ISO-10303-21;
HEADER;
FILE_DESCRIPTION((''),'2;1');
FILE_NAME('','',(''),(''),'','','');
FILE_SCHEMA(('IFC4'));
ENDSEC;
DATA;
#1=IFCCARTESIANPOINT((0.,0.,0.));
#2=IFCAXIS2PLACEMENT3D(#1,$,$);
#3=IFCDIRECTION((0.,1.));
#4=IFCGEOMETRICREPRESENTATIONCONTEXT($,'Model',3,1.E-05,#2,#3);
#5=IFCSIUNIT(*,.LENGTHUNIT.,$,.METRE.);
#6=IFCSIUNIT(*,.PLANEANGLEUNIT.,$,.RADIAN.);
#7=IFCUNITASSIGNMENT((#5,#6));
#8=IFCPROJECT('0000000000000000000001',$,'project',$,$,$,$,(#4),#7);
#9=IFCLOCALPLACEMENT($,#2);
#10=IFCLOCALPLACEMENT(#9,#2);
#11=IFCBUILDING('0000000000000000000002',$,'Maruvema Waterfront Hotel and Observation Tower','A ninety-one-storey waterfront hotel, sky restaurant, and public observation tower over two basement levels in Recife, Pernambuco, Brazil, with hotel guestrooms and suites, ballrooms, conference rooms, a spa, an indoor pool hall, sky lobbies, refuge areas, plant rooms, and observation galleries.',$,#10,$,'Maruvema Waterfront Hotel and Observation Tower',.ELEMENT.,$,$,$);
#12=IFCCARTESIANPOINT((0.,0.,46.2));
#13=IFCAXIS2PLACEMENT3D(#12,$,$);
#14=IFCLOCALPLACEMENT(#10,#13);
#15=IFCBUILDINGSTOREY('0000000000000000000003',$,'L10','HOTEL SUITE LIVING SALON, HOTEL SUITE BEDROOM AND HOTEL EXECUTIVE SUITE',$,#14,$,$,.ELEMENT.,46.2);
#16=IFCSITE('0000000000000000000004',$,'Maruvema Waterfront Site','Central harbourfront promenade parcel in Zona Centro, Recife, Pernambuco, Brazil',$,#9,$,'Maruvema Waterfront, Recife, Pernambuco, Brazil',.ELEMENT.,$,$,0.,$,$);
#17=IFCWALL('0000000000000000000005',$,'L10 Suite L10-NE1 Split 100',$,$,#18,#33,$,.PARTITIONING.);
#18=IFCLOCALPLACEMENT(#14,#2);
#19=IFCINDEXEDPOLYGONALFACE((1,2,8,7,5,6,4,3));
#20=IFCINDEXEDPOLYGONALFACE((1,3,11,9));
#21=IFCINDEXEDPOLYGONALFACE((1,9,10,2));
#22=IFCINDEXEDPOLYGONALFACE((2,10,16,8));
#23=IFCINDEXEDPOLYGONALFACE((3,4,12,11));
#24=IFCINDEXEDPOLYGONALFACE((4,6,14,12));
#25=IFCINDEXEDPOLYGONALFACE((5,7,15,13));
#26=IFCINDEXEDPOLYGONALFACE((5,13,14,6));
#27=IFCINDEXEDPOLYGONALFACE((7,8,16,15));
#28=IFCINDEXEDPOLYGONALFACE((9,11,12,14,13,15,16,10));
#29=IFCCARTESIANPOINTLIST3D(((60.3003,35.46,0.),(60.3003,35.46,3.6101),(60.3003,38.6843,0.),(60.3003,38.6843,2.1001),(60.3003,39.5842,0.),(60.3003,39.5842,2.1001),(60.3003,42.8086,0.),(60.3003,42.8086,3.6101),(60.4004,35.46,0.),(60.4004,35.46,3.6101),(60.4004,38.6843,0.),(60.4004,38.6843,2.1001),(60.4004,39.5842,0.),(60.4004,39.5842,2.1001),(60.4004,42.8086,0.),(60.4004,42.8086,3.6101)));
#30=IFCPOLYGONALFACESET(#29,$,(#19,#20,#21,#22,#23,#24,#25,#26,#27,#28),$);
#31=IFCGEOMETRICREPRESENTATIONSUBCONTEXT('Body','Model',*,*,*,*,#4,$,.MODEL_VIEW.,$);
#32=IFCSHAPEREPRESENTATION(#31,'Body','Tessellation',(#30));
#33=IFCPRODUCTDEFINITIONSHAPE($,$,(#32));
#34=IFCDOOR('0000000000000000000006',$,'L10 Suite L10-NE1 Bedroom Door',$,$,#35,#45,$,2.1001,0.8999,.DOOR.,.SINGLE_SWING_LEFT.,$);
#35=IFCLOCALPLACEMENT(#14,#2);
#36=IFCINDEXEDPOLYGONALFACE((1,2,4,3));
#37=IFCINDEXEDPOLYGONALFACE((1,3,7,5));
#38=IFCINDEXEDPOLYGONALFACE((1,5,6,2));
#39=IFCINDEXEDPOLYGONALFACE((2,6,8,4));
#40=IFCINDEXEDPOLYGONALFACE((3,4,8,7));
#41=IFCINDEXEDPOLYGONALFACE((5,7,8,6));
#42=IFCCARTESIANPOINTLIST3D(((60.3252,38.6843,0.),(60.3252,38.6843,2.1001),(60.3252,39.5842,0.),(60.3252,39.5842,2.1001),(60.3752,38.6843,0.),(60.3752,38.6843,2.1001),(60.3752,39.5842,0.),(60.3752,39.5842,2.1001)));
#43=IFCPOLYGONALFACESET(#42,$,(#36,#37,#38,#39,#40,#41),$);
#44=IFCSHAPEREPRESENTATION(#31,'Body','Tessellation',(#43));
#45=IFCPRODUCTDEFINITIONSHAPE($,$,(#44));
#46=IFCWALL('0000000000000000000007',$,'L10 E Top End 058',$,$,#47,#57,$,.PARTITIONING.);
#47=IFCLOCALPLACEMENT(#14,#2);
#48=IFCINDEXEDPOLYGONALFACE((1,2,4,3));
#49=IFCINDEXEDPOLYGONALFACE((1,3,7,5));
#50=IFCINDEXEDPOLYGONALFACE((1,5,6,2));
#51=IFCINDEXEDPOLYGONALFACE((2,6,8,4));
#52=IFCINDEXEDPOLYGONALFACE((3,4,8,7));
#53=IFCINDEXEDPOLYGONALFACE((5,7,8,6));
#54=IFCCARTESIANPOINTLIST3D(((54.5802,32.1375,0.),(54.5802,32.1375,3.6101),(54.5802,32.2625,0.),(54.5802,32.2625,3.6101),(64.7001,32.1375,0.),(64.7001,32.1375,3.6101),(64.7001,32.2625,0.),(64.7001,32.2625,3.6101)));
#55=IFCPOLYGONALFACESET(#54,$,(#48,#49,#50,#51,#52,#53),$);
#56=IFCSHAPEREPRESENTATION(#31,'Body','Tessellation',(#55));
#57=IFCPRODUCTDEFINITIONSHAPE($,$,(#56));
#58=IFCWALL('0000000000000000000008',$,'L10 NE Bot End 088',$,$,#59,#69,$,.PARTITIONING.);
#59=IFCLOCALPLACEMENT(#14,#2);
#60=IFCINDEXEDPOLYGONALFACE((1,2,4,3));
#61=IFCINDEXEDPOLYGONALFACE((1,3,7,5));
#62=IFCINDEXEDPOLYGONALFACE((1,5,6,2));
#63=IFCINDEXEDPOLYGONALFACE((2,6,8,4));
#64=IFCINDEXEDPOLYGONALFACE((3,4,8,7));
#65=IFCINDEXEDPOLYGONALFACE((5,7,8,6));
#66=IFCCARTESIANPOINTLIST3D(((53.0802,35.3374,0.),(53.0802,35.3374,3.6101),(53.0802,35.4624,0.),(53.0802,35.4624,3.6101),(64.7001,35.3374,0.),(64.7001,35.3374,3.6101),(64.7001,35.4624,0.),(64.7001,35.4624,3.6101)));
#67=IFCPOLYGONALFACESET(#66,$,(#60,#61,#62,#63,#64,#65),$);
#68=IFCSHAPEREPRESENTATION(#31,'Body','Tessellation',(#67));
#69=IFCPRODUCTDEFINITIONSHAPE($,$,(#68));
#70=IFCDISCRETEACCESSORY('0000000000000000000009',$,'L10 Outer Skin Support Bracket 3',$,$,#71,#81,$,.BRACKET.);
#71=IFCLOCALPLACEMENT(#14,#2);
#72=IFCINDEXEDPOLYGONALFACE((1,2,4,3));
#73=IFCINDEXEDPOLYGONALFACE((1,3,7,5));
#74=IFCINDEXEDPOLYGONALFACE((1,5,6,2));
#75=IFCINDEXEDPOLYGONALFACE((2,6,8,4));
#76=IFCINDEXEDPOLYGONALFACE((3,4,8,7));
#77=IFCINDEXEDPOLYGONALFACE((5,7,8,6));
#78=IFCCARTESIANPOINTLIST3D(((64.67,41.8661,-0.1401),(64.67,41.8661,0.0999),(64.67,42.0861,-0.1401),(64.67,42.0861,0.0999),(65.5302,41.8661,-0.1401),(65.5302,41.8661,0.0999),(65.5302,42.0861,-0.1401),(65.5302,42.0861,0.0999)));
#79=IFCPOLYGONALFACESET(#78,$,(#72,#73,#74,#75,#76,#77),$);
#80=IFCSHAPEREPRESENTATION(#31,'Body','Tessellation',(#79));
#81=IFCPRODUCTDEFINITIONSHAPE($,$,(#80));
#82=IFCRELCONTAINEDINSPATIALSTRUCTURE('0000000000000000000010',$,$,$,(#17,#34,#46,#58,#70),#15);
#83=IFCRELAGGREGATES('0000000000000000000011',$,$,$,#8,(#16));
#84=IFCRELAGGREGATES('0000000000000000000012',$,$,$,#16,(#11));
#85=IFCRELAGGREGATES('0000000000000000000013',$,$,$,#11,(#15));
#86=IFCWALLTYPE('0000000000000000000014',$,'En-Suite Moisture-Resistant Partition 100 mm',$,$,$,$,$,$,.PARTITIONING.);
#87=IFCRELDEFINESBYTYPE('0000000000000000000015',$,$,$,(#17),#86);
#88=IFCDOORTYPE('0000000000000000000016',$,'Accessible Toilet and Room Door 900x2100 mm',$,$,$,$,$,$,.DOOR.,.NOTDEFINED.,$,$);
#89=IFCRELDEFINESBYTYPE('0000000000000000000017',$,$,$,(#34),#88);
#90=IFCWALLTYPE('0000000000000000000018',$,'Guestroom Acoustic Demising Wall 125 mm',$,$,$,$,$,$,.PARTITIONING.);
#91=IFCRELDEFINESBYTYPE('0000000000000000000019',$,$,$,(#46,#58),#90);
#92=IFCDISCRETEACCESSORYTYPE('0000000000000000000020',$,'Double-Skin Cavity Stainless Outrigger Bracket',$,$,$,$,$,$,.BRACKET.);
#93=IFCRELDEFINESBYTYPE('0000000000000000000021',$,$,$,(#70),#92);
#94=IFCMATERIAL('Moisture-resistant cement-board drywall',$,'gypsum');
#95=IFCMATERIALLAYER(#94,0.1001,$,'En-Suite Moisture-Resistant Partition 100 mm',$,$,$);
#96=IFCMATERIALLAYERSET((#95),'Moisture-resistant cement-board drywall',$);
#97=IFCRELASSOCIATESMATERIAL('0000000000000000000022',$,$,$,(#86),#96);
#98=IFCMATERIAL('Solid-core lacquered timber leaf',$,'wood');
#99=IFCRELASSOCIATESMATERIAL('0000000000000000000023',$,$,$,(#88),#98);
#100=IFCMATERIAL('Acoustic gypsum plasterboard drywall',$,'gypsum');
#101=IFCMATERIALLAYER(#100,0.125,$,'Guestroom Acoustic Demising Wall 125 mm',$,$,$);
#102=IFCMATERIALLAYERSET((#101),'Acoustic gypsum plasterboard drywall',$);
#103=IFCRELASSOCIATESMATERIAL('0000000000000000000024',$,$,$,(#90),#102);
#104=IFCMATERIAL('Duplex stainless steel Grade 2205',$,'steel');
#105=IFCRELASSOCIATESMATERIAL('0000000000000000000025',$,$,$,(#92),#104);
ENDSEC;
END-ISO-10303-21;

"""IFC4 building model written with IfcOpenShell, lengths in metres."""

from ifc_helpers import new_model, si_unit, direction, frame, frame_2d, origin, origin_2d, place, context, subcontext, project, spatial, rectangle, extrude, material, layer, layer_set, type_object, element, fill, save


model = new_model("IFC4")

# Units and contexts
model_context = context("Model", 3, precision=1e-05, world=origin(), true_north=direction((0.0, 1.0)))
body_context = subcontext(model_context, "Body", "Model", "MODEL_VIEW")
ifc_project = project(units=[si_unit("LENGTHUNIT", "METRE"), si_unit("PLANEANGLEUNIT", "RADIAN")], contexts=[model_context])

# Site, building, storey
site_placement = place(None, origin())
site = spatial("IfcSite", under=ifc_project, at=site_placement, Name="Maruvema Waterfront Site", Description="Central harbourfront promenade parcel in Zona Centro, Recife, Pernambuco, Brazil", LongName="Maruvema Waterfront, Recife, Pernambuco, Brazil", CompositionType="ELEMENT", RefElevation=0.0)
building_placement = place(site_placement, origin())
building = spatial("IfcBuilding", under=site, at=building_placement, Name="Maruvema Waterfront Hotel and Observation Tower", Description="A ninety-one-storey waterfront hotel, sky restaurant, and public observation tower over two basement levels in Recife, Pernambuco, Brazil, with hotel guestrooms and suites, ballrooms, conference rooms, a spa, an indoor pool hall, sky lobbies, refuge areas, plant rooms, and observation galleries.", LongName="Maruvema Waterfront Hotel and Observation Tower", CompositionType="ELEMENT")
storey_placement = place(building_placement, frame((0.0, 0.0, 46.2)))
storey = spatial("IfcBuildingStorey", under=building, at=storey_placement, Name="L10", Description="HOTEL SUITE LIVING SALON, HOTEL SUITE BEDROOM AND HOTEL EXECUTIVE SUITE", CompositionType="ELEMENT", Elevation=46.2)

# Shared definitions
ifc_material_1 = material(Name="Moisture-resistant cement-board drywall", Category="gypsum")
ifc_layer_1 = layer(ifc_material_1, 0.1001, Name="En-Suite Moisture-Resistant Partition 100 mm")
ifc_layer_set_1 = layer_set([ifc_layer_1], Name="Moisture-resistant cement-board drywall")
wall_type_1 = type_object("IfcWallType", Name="En-Suite Moisture-Resistant Partition 100 mm", PredefinedType="PARTITIONING", material=ifc_layer_set_1)

# Wall, opening, door
wall_1_placement = place(storey_placement, frame((60.3503, 35.46, 0.0), z_axis=(0.0, 0.0, 1.0), x_axis=(0.0, 1.0, 0.0)))
wall_1 = element("IfcWall", 1, at=wall_1_placement, inside=storey, type_object=wall_type_1, Name="L10 Suite L10-NE1 Split 100", PredefinedType="PARTITIONING", context=body_context, shape_type="SweptSolid", body=[
    extrude(rectangle(XDim=7.3486, YDim=0.1001, at=frame_2d((3.6743, 0.0))), origin(), (0.0, 0.0, 1.0), 3.6101),
])
opening_1_placement = place(wall_1_placement, frame((3.2244, 0.0, 0.0)))
opening_1 = element("IfcOpeningElement", 2, at=opening_1_placement, cuts=wall_1, PredefinedType="OPENING", context=body_context, shape_type="SweptSolid", body=[
    extrude(rectangle(XDim=0.8999, YDim=2.1001, at=frame_2d((0.45, 1.05))), frame((0.0, 0.0601, 0.0), z_axis=(0.0, -1.0, 0.0), x_axis=(1.0, 0.0, 0.0)), (0.0, 0.0, 1.0), 0.1201),
])
ifc_material_2 = material(Name="Solid-core lacquered timber leaf", Category="wood")
door_type_1 = type_object("IfcDoorType", Name="Accessible Toilet and Room Door 900x2100 mm", OperationType="NOTDEFINED", PredefinedType="DOOR", material=ifc_material_2)
door_1_placement = place(opening_1_placement, frame((0.8999, 0.0, 0.0), z_axis=(0.0, 0.0, 1.0), x_axis=(-1.0, 0.0, 0.0)))
door_1 = element("IfcDoor", 3, at=door_1_placement, inside=storey, type_object=door_type_1, Name="L10 Suite L10-NE1 Bedroom Door", OperationType="SINGLE_SWING_LEFT", OverallHeight=2.1001, OverallWidth=0.8999, PredefinedType="DOOR", context=body_context, shape_type="SweptSolid", body=[
    extrude(rectangle(XDim=0.8999, YDim=2.1001, at=frame_2d((0.45, 1.05))), frame((0.0, 0.0249, 0.0), z_axis=(0.0, -1.0, 0.0), x_axis=(1.0, 0.0, 0.0)), (0.0, 0.0, 1.0), 0.05),
])
fill(opening_1, door_1)

# Walls
ifc_material_3 = material(Name="Acoustic gypsum plasterboard drywall", Category="gypsum")
ifc_layer_2 = layer(ifc_material_3, 0.125, Name="Guestroom Acoustic Demising Wall 125 mm")
ifc_layer_set_2 = layer_set([ifc_layer_2], Name="Acoustic gypsum plasterboard drywall")
wall_type_2 = type_object("IfcWallType", Name="Guestroom Acoustic Demising Wall 125 mm", PredefinedType="PARTITIONING", material=ifc_layer_set_2)
wall_2_placement = place(storey_placement, frame((54.5801, 32.2, 0.0), z_axis=(0.0, 0.0, 1.0), x_axis=(1.0, 0.0, 0.0)))
element("IfcWall", 4, at=wall_2_placement, inside=storey, type_object=wall_type_2, Name="L10 E Top End 058", PredefinedType="PARTITIONING", context=body_context, shape_type="SweptSolid", body=[
    extrude(rectangle(XDim=10.1199, YDim=0.125, at=frame_2d((5.0601, 0.0))), origin(), (0.0, 0.0, 1.0), 3.6101),
])
wall_3_placement = place(storey_placement, frame((53.0801, 35.3999, 0.0), z_axis=(0.0, 0.0, 1.0), x_axis=(1.0, 0.0, 0.0)))
element("IfcWall", 5, at=wall_3_placement, inside=storey, type_object=wall_type_2, Name="L10 NE Bot End 088", PredefinedType="PARTITIONING", context=body_context, shape_type="SweptSolid", body=[
    extrude(rectangle(XDim=11.6199, YDim=0.125, at=frame_2d((5.8101, 0.0))), origin(), (0.0, 0.0, 1.0), 3.6101),
])

# Discrete accessory
ifc_material_4 = material(Name="Duplex stainless steel Grade 2205", Category="steel")
discrete_accessory_type = type_object("IfcDiscreteAccessoryType", Name="Double-Skin Cavity Stainless Outrigger Bracket", PredefinedType="BRACKET", material=ifc_material_4)
discrete_accessory_placement = place(storey_placement, frame((65.1001, 41.9761, -0.1401), z_axis=(0.0, 0.0, 1.0), x_axis=(0.0, 1.0, 0.0)))
element("IfcDiscreteAccessory", 6, at=discrete_accessory_placement, inside=storey, type_object=discrete_accessory_type, Name="L10 Outer Skin Support Bracket 3", PredefinedType="BRACKET", context=body_context, shape_type="SweptSolid", body=[
    extrude(rectangle(XDim=0.22, YDim=0.8601, at=origin_2d()), origin(), (0.0, 0.0, 1.0), 0.24),
])

save(model, "model.ifc")
